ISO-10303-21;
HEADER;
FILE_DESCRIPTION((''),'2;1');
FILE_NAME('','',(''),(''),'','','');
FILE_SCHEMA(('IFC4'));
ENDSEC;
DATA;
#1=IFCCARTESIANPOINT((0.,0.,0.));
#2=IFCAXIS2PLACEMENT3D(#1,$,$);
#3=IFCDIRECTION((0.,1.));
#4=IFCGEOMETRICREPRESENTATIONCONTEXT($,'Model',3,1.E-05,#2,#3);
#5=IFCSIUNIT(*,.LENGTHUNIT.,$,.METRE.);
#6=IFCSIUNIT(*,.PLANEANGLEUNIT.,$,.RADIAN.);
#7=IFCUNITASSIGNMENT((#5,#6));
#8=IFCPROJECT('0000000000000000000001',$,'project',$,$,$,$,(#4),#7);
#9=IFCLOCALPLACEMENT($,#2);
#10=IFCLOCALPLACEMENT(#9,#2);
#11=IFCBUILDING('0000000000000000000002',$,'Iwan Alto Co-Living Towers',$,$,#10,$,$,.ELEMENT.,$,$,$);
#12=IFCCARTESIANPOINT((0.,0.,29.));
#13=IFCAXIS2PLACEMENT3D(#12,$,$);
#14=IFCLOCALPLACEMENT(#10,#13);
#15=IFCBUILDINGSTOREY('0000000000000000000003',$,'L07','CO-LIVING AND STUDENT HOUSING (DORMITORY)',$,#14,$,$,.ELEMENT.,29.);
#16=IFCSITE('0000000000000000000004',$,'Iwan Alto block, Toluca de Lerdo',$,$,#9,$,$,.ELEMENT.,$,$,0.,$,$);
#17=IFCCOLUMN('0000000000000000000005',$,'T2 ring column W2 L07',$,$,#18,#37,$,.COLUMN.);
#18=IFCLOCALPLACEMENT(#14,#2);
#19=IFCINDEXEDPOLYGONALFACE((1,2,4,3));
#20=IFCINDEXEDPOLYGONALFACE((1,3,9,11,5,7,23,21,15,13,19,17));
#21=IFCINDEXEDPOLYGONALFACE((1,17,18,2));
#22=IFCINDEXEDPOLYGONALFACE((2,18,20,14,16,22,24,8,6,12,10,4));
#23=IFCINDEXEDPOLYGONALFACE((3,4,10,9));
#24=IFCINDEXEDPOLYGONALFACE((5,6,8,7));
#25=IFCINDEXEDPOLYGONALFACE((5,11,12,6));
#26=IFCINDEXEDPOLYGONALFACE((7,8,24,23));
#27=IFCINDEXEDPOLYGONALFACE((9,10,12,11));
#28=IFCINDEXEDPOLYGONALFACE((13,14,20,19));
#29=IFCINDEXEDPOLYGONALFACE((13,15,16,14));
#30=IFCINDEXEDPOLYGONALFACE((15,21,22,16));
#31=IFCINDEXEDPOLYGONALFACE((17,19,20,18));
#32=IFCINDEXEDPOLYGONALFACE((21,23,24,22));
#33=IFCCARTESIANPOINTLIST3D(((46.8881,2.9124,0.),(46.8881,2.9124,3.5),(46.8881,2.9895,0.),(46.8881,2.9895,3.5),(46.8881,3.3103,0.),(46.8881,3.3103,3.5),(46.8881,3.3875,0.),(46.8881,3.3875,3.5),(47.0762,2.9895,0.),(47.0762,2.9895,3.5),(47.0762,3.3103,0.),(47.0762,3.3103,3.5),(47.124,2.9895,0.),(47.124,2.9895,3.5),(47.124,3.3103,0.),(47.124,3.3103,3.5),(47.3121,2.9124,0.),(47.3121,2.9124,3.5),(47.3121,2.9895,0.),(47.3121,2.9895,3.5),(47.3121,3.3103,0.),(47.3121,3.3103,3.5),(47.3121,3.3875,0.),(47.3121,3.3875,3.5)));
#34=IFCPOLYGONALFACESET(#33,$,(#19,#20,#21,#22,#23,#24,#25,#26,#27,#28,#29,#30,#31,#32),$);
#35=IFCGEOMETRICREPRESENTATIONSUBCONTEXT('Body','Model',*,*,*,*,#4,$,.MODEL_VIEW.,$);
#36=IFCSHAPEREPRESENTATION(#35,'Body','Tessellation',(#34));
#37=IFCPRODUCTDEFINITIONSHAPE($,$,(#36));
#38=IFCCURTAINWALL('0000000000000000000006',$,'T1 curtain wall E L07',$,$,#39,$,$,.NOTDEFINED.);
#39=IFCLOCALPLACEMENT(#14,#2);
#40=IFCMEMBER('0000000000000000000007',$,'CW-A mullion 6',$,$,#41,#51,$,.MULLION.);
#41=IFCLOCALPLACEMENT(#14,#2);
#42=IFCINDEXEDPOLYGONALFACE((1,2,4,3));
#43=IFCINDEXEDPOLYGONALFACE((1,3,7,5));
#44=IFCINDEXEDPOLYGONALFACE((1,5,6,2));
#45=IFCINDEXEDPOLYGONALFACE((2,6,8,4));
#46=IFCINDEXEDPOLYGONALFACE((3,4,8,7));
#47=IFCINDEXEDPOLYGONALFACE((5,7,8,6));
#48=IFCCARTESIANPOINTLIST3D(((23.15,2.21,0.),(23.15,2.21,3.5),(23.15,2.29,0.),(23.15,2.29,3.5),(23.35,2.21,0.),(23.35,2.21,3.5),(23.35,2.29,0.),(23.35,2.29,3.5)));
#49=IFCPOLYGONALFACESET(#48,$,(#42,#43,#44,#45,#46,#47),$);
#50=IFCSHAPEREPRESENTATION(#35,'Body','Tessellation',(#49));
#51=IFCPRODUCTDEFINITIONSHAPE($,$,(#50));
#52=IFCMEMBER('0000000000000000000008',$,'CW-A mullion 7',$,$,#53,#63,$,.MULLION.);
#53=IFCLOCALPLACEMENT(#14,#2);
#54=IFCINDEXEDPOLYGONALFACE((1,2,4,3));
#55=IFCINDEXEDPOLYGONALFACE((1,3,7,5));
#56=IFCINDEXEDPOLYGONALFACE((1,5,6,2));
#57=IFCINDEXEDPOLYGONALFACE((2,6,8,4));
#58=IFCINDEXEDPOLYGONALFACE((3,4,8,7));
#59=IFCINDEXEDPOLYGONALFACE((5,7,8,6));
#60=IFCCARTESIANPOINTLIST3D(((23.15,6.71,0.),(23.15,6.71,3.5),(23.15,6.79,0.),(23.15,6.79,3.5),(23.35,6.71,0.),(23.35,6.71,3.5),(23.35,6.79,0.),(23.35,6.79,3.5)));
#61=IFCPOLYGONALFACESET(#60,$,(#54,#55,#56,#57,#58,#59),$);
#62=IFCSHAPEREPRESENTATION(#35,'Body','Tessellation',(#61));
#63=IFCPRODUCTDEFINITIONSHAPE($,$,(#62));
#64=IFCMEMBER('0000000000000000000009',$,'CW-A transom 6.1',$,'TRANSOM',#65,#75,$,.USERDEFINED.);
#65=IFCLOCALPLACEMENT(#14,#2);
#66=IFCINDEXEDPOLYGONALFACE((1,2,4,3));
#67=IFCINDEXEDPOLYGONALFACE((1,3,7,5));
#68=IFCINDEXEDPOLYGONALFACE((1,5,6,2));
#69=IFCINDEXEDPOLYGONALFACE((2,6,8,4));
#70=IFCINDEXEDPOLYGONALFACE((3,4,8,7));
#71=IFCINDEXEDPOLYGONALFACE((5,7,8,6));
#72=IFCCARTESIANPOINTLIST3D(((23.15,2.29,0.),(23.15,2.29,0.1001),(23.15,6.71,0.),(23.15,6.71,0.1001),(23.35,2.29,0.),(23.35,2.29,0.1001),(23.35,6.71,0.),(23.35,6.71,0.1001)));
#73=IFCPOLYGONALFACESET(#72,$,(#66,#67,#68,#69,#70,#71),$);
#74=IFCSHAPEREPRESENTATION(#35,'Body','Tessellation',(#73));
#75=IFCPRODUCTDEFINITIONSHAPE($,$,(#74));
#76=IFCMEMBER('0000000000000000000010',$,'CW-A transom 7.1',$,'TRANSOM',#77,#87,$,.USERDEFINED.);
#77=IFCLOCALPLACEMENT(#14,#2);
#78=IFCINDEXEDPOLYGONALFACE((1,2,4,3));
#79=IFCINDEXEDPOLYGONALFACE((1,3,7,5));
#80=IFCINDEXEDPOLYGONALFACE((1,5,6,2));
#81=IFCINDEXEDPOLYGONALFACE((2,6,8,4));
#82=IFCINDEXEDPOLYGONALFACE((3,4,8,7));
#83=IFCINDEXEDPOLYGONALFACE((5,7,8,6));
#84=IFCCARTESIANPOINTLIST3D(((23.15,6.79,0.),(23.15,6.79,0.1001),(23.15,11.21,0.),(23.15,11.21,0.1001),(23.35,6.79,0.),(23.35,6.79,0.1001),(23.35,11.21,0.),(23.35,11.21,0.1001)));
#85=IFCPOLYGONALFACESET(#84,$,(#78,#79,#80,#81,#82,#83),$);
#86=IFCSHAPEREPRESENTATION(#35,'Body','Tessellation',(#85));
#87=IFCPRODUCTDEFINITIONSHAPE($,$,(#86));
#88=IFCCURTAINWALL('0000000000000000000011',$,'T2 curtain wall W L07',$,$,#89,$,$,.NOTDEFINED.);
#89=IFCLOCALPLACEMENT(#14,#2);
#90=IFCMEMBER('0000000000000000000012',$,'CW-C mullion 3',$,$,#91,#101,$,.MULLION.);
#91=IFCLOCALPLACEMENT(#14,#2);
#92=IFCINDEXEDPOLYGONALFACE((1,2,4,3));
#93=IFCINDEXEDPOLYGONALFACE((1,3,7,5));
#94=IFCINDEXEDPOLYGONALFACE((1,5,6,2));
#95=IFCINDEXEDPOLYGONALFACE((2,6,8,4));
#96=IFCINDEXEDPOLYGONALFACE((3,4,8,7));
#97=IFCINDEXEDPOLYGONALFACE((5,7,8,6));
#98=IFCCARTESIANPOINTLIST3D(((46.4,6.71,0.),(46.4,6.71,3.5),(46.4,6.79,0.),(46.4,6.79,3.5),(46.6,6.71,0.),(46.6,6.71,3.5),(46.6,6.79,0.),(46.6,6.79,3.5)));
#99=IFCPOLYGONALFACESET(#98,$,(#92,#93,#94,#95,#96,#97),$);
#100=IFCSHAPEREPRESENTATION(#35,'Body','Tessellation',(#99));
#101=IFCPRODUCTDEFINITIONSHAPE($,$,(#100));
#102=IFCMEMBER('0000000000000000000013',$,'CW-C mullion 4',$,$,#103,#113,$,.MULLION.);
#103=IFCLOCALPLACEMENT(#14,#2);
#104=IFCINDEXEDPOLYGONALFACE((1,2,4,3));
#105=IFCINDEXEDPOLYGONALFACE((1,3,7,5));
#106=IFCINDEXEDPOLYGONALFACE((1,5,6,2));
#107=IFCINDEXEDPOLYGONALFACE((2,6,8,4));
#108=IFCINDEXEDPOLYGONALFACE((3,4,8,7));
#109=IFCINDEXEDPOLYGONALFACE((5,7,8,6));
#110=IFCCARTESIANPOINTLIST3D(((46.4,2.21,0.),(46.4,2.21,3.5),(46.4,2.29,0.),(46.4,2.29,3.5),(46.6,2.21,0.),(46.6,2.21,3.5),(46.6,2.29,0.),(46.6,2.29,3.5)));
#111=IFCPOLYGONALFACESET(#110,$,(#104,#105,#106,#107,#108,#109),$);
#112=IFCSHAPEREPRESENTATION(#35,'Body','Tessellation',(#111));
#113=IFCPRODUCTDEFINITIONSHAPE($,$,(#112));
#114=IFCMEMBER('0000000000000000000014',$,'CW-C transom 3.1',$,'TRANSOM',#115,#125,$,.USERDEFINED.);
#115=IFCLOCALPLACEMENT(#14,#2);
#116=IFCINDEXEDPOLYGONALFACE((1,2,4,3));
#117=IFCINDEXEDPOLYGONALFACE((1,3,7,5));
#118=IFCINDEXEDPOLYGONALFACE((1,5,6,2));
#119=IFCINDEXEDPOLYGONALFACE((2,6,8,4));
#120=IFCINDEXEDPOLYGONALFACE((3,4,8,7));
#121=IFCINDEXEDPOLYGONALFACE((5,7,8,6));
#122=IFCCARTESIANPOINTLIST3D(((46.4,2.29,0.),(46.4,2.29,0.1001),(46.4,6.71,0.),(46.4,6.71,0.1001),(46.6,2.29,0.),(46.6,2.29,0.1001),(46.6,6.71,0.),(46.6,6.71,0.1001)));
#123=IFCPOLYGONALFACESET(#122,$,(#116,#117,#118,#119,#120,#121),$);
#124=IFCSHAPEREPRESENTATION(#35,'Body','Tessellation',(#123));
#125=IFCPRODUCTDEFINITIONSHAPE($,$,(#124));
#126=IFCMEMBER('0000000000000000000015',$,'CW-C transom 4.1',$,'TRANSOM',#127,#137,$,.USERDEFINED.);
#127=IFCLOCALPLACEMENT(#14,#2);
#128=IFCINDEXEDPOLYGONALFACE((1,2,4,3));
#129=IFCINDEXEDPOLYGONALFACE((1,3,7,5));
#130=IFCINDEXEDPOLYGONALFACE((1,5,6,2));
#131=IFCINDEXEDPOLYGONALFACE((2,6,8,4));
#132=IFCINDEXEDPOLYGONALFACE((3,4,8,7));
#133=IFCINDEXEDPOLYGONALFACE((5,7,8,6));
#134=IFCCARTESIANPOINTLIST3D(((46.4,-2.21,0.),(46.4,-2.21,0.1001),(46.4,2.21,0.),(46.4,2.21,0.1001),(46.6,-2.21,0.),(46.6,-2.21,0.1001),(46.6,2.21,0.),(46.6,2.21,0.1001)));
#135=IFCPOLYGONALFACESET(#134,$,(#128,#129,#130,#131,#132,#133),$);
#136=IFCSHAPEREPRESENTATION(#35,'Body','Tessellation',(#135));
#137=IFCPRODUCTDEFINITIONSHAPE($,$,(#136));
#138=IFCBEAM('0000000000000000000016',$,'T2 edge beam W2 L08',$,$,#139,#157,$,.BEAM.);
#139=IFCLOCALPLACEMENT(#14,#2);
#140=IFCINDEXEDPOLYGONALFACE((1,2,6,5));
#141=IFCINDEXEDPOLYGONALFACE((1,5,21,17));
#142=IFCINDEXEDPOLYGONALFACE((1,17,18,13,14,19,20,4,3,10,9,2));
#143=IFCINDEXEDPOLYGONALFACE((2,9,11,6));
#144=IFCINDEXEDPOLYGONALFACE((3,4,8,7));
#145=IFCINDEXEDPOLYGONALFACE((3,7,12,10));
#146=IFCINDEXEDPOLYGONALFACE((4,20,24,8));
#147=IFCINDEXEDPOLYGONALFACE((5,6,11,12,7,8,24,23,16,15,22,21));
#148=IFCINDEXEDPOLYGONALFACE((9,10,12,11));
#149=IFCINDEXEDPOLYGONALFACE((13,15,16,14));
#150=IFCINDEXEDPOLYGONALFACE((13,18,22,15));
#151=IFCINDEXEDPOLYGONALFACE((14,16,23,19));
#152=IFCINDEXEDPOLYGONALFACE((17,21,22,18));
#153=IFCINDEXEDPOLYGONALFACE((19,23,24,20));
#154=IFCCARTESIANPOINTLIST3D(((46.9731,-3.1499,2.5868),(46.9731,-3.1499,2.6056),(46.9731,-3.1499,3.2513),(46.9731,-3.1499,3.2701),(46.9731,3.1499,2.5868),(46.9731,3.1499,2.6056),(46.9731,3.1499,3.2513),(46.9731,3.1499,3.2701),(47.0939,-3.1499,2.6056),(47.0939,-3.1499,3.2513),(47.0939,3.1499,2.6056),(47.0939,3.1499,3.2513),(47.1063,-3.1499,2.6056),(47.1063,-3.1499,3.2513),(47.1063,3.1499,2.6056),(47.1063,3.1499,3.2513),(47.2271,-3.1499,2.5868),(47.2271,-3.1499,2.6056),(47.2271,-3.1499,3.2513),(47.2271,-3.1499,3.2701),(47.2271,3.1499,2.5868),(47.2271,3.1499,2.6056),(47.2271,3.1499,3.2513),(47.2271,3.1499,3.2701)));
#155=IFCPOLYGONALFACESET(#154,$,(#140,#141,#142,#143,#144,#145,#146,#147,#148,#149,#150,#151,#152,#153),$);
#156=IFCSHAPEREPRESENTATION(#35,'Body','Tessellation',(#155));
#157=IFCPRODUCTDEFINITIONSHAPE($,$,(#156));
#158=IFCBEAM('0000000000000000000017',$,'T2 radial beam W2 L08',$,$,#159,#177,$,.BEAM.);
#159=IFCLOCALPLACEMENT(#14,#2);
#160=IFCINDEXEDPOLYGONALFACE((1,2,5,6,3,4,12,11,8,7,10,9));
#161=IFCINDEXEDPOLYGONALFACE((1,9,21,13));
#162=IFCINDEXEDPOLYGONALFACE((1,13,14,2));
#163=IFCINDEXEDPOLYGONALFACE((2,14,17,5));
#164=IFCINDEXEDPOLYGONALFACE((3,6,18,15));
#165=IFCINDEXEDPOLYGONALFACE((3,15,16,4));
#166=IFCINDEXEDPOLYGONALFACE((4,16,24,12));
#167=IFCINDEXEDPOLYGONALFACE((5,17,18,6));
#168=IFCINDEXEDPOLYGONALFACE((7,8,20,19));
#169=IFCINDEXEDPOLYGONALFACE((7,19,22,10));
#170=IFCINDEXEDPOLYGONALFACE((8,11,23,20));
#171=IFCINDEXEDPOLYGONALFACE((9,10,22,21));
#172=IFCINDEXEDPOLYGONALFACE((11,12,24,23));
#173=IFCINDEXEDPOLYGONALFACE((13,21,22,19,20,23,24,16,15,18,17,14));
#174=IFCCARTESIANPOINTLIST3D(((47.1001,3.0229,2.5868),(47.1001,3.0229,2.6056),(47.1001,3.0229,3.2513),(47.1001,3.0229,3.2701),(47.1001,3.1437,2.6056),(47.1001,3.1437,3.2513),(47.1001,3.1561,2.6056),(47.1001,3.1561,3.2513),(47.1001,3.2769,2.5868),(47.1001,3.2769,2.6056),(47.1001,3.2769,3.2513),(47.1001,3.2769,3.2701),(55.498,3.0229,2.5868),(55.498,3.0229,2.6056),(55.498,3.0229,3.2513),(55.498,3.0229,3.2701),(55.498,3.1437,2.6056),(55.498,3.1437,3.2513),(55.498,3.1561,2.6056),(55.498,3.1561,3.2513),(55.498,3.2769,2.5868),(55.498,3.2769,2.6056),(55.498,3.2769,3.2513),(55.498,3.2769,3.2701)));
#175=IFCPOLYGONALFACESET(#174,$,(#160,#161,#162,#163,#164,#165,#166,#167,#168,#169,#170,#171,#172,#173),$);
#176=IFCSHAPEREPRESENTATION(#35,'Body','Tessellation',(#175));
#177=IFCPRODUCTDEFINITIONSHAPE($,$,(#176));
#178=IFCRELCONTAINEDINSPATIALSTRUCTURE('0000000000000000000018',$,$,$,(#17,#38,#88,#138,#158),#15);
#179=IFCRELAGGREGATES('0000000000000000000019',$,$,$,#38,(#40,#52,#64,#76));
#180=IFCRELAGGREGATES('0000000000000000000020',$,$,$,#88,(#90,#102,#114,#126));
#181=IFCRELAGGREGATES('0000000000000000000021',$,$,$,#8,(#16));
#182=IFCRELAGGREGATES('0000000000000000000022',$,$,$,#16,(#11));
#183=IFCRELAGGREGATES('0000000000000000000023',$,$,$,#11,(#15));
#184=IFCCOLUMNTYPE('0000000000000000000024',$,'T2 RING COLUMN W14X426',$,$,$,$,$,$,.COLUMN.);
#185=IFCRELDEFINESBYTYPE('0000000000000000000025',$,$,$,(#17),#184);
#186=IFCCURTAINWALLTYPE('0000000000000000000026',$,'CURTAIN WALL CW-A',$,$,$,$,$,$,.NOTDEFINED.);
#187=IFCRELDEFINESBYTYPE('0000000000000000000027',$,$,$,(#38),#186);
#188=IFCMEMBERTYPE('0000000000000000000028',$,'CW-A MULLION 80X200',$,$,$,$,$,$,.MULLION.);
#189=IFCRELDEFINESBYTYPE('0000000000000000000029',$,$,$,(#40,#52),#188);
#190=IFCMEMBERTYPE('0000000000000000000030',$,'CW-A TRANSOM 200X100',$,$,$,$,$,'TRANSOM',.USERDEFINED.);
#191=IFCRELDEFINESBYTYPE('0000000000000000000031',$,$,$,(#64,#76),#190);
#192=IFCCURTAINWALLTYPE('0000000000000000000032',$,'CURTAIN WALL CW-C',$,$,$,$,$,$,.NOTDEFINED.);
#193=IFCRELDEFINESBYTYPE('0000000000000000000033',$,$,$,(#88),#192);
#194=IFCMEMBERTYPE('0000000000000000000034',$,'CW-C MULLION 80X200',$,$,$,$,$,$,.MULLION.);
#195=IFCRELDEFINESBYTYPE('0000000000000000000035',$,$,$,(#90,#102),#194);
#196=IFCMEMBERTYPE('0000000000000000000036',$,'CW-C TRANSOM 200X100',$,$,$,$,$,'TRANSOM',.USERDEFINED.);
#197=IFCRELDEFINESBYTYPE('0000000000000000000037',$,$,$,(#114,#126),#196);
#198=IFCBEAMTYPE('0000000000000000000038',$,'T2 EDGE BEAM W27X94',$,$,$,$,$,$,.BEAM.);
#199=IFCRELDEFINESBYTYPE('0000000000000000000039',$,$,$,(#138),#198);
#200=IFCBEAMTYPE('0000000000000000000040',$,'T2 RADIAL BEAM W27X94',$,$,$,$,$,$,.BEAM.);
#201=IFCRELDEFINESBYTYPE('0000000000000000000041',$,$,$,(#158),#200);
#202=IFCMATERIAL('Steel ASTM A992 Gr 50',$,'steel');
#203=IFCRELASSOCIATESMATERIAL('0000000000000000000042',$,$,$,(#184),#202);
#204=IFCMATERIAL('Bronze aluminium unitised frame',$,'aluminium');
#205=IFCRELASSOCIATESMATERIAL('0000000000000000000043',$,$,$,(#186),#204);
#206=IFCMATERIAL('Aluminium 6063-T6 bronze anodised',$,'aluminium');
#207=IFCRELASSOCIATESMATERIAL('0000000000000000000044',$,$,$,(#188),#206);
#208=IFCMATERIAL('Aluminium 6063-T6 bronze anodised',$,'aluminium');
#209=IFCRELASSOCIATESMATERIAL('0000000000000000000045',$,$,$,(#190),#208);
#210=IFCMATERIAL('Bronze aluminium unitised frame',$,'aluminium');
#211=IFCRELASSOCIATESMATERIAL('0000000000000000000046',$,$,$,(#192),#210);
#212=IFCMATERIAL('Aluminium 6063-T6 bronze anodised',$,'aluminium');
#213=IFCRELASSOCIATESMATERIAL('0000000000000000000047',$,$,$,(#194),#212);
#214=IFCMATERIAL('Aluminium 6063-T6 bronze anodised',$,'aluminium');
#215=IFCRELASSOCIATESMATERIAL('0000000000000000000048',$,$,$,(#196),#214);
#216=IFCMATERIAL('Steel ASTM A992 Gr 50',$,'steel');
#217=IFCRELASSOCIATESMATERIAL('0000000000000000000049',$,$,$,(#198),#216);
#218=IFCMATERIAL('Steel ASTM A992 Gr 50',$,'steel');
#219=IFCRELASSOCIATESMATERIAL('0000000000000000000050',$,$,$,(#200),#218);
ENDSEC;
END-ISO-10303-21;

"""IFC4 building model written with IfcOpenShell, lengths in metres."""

from ifc_helpers import new_model, si_unit, direction, frame, origin, origin_2d, place, context, subcontext, project, spatial, rectangle, i_section, extrude, material, material_profile, profile_set, type_object, element, aggregate, save


model = new_model("IFC4")

# Units and contexts
model_context = context("Model", 3, precision=1e-05, world=origin(), true_north=direction((0.0, 1.0)))
body_context = subcontext(model_context, "Body", "Model", "MODEL_VIEW")
ifc_project = project(units=[si_unit("LENGTHUNIT", "METRE"), si_unit("PLANEANGLEUNIT", "RADIAN")], contexts=[model_context])

# Site, building, storey
site_placement = place(None, origin())
site = spatial("IfcSite", under=ifc_project, at=site_placement, Name="Iwan Alto block, Toluca de Lerdo", CompositionType="ELEMENT", RefElevation=0.0)
building_placement = place(site_placement, origin())
building = spatial("IfcBuilding", under=site, at=building_placement, Name="Iwan Alto Co-Living Towers", CompositionType="ELEMENT")
storey_placement = place(building_placement, frame((0.0, 0.0, 29.0)))
storey = spatial("IfcBuildingStorey", under=building, at=storey_placement, Name="L07", Description="CO-LIVING AND STUDENT HOUSING (DORMITORY)", CompositionType="ELEMENT", Elevation=29.0)

# Column
ifc_material_1 = material(Name="Steel ASTM A992 Gr 50", Category="steel")
ifc_material_profile_1 = material_profile(ifc_material_1, i_section(OverallWidth=0.4241, OverallDepth=0.4751, WebThickness=0.0479, FlangeThickness=0.0771, at=origin_2d()), Name="W14X426")
ifc_profile_set_1 = profile_set([ifc_material_profile_1], Name="Steel ASTM A992 Gr 50")
column_type = type_object("IfcColumnType", Name="T2 RING COLUMN W14X426", PredefinedType="COLUMN", material=ifc_profile_set_1)
column_placement = place(storey_placement, frame((47.1001, 3.1499, 0.0), z_axis=(0.0, 0.0, 1.0), x_axis=(1.0, 0.0, 0.0)))
element("IfcColumn", 1, at=column_placement, inside=storey, type_object=column_type, Name="T2 ring column W2 L07", PredefinedType="COLUMN", context=body_context, shape_type="SweptSolid", body=[
    extrude(i_section(OverallWidth=0.4241, OverallDepth=0.4751, WebThickness=0.0479, FlangeThickness=0.0771, at=origin_2d()), origin(), (0.0, 0.0, 1.0), 3.5),
])

# Curtain walls, members
ifc_material_2 = material(Name="Bronze aluminium unitised frame", Category="aluminium")
curtain_wall_type_1 = type_object("IfcCurtainWallType", Name="CURTAIN WALL CW-A", PredefinedType="NOTDEFINED", material=ifc_material_2)
curtain_wall_1_placement = place(storey_placement, origin())
curtain_wall_1 = element("IfcCurtainWall", 2, at=curtain_wall_1_placement, inside=storey, type_object=curtain_wall_type_1, Name="T1 curtain wall E L07", PredefinedType="NOTDEFINED")
ifc_material_3 = material(Name="Aluminium 6063-T6 bronze anodised", Category="aluminium")
ifc_material_profile_2 = material_profile(ifc_material_3, rectangle(XDim=0.2, YDim=0.0801, at=origin_2d()), Name="AL 80X200")
ifc_profile_set_2 = profile_set([ifc_material_profile_2], Name="Aluminium 6063-T6 bronze anodised")
member_type_1 = type_object("IfcMemberType", Name="CW-A MULLION 80X200", PredefinedType="MULLION", material=ifc_profile_set_2)
member_1_placement = place(storey_placement, frame((23.25, 2.25, 0.0), z_axis=(0.0, 0.0, 1.0), x_axis=(-1.0, 0.0, 0.0)))
member_1 = element("IfcMember", 3, at=member_1_placement, type_object=member_type_1, Name="CW-A mullion 6", PredefinedType="MULLION", context=body_context, shape_type="SweptSolid", body=[
    extrude(rectangle(XDim=0.2, YDim=0.0801, at=origin_2d()), origin(), (0.0, 0.0, 1.0), 3.5),
])
member_2_placement = place(storey_placement, frame((23.25, 6.75, 0.0), z_axis=(0.0, 0.0, 1.0), x_axis=(-1.0, 0.0, 0.0)))
member_2 = element("IfcMember", 4, at=member_2_placement, type_object=member_type_1, Name="CW-A mullion 7", PredefinedType="MULLION", context=body_context, shape_type="SweptSolid", body=[
    extrude(rectangle(XDim=0.2, YDim=0.0801, at=origin_2d()), origin(), (0.0, 0.0, 1.0), 3.5),
])
ifc_material_4 = material(Name="Aluminium 6063-T6 bronze anodised", Category="aluminium")
ifc_material_profile_3 = material_profile(ifc_material_4, rectangle(XDim=0.2, YDim=0.1001, at=origin_2d()), Name="AL 200X100")
ifc_profile_set_3 = profile_set([ifc_material_profile_3], Name="Aluminium 6063-T6 bronze anodised")
member_type_2 = type_object("IfcMemberType", Name="CW-A TRANSOM 200X100", ElementType="TRANSOM", PredefinedType="USERDEFINED", material=ifc_profile_set_3)
member_3_placement = place(storey_placement, frame((23.25, 2.29, 0.05), z_axis=(0.0, 1.0, 0.0), x_axis=(-1.0, 0.0, 0.0)))
member_3 = element("IfcMember", 5, at=member_3_placement, type_object=member_type_2, Name="CW-A transom 6.1", ObjectType="TRANSOM", PredefinedType="USERDEFINED", context=body_context, shape_type="SweptSolid", body=[
    extrude(rectangle(XDim=0.2, YDim=0.1001, at=origin_2d()), origin(), (0.0, 0.0, 1.0), 4.4199),
])
member_4_placement = place(storey_placement, frame((23.25, 6.79, 0.05), z_axis=(0.0, 1.0, 0.0), x_axis=(-1.0, 0.0, 0.0)))
member_4 = element("IfcMember", 6, at=member_4_placement, type_object=member_type_2, Name="CW-A transom 7.1", ObjectType="TRANSOM", PredefinedType="USERDEFINED", context=body_context, shape_type="SweptSolid", body=[
    extrude(rectangle(XDim=0.2, YDim=0.1001, at=origin_2d()), origin(), (0.0, 0.0, 1.0), 4.4199),
])
ifc_material_5 = material(Name="Bronze aluminium unitised frame", Category="aluminium")
curtain_wall_type_2 = type_object("IfcCurtainWallType", Name="CURTAIN WALL CW-C", PredefinedType="NOTDEFINED", material=ifc_material_5)
curtain_wall_2_placement = place(storey_placement, origin())
curtain_wall_2 = element("IfcCurtainWall", 7, at=curtain_wall_2_placement, inside=storey, type_object=curtain_wall_type_2, Name="T2 curtain wall W L07", PredefinedType="NOTDEFINED")
ifc_material_6 = material(Name="Aluminium 6063-T6 bronze anodised", Category="aluminium")
ifc_material_profile_4 = material_profile(ifc_material_6, rectangle(XDim=0.2, YDim=0.0801, at=origin_2d()), Name="AL 80X200")
ifc_profile_set_4 = profile_set([ifc_material_profile_4], Name="Aluminium 6063-T6 bronze anodised")
member_type_3 = type_object("IfcMemberType", Name="CW-C MULLION 80X200", PredefinedType="MULLION", material=ifc_profile_set_4)
member_5_placement = place(storey_placement, frame((46.5, 6.75, 0.0), z_axis=(0.0, 0.0, 1.0), x_axis=(1.0, 0.0, 0.0)))
member_5 = element("IfcMember", 8, at=member_5_placement, type_object=member_type_3, Name="CW-C mullion 3", PredefinedType="MULLION", context=body_context, shape_type="SweptSolid", body=[
    extrude(rectangle(XDim=0.2, YDim=0.0801, at=origin_2d()), origin(), (0.0, 0.0, 1.0), 3.5),
])
member_6_placement = place(storey_placement, frame((46.5, 2.25, 0.0), z_axis=(0.0, 0.0, 1.0), x_axis=(1.0, 0.0, 0.0)))
member_6 = element("IfcMember", 9, at=member_6_placement, type_object=member_type_3, Name="CW-C mullion 4", PredefinedType="MULLION", context=body_context, shape_type="SweptSolid", body=[
    extrude(rectangle(XDim=0.2, YDim=0.0801, at=origin_2d()), origin(), (0.0, 0.0, 1.0), 3.5),
])
ifc_material_7 = material(Name="Aluminium 6063-T6 bronze anodised", Category="aluminium")
ifc_material_profile_5 = material_profile(ifc_material_7, rectangle(XDim=0.2, YDim=0.1001, at=origin_2d()), Name="AL 200X100")
ifc_profile_set_5 = profile_set([ifc_material_profile_5], Name="Aluminium 6063-T6 bronze anodised")
member_type_4 = type_object("IfcMemberType", Name="CW-C TRANSOM 200X100", ElementType="TRANSOM", PredefinedType="USERDEFINED", material=ifc_profile_set_5)
member_7_placement = place(storey_placement, frame((46.5, 6.71, 0.05), z_axis=(0.0, -1.0, 0.0), x_axis=(1.0, 0.0, 0.0)))
member_7 = element("IfcMember", 10, at=member_7_placement, type_object=member_type_4, Name="CW-C transom 3.1", ObjectType="TRANSOM", PredefinedType="USERDEFINED", context=body_context, shape_type="SweptSolid", body=[
    extrude(rectangle(XDim=0.2, YDim=0.1001, at=origin_2d()), origin(), (0.0, 0.0, 1.0), 4.4199),
])
member_8_placement = place(storey_placement, frame((46.5, 2.21, 0.05), z_axis=(0.0, -1.0, 0.0), x_axis=(1.0, 0.0, 0.0)))
member_8 = element("IfcMember", 11, at=member_8_placement, type_object=member_type_4, Name="CW-C transom 4.1", ObjectType="TRANSOM", PredefinedType="USERDEFINED", context=body_context, shape_type="SweptSolid", body=[
    extrude(rectangle(XDim=0.2, YDim=0.1001, at=origin_2d()), origin(), (0.0, 0.0, 1.0), 4.4199),
])

# Beams
ifc_material_8 = material(Name="Steel ASTM A992 Gr 50", Category="steel")
ifc_material_profile_6 = material_profile(ifc_material_8, i_section(OverallWidth=0.2539, OverallDepth=0.6833, WebThickness=0.0125, FlangeThickness=0.0188, at=origin_2d()), Name="W27X94")
ifc_profile_set_6 = profile_set([ifc_material_profile_6], Name="Steel ASTM A992 Gr 50")
beam_type_1 = type_object("IfcBeamType", Name="T2 EDGE BEAM W27X94", PredefinedType="BEAM", material=ifc_profile_set_6)
beam_1_placement = place(storey_placement, frame((47.1001, 3.1499, 2.9285), z_axis=(0.0, -1.0, 0.0), x_axis=(1.0, 0.0, 0.0)))
element("IfcBeam", 12, at=beam_1_placement, inside=storey, type_object=beam_type_1, Name="T2 edge beam W2 L08", PredefinedType="BEAM", context=body_context, shape_type="SweptSolid", body=[
    extrude(i_section(OverallWidth=0.2539, OverallDepth=0.6833, WebThickness=0.0125, FlangeThickness=0.0188, at=origin_2d()), origin(), (0.0, 0.0, 1.0), 6.2998),
])
ifc_material_9 = material(Name="Steel ASTM A992 Gr 50", Category="steel")
ifc_material_profile_7 = material_profile(ifc_material_9, i_section(OverallWidth=0.2539, OverallDepth=0.6833, WebThickness=0.0125, FlangeThickness=0.0188, at=origin_2d()), Name="W27X94")
ifc_profile_set_7 = profile_set([ifc_material_profile_7], Name="Steel ASTM A992 Gr 50")
beam_type_2 = type_object("IfcBeamType", Name="T2 RADIAL BEAM W27X94", PredefinedType="BEAM", material=ifc_profile_set_7)
beam_2_placement = place(storey_placement, frame((47.1001, 3.1499, 2.9285), z_axis=(1.0, 0.0, 0.0), x_axis=(0.0, 1.0, 0.0)))
element("IfcBeam", 13, at=beam_2_placement, inside=storey, type_object=beam_type_2, Name="T2 radial beam W2 L08", PredefinedType="BEAM", context=body_context, shape_type="SweptSolid", body=[
    extrude(i_section(OverallWidth=0.2539, OverallDepth=0.6833, WebThickness=0.0125, FlangeThickness=0.0188, at=origin_2d()), origin(), (0.0, 0.0, 1.0), 8.3979),
])

aggregate(curtain_wall_1, [member_1, member_2, member_3, member_4])
aggregate(curtain_wall_2, [member_5, member_6, member_7, member_8])

save(model, "model.ifc")
